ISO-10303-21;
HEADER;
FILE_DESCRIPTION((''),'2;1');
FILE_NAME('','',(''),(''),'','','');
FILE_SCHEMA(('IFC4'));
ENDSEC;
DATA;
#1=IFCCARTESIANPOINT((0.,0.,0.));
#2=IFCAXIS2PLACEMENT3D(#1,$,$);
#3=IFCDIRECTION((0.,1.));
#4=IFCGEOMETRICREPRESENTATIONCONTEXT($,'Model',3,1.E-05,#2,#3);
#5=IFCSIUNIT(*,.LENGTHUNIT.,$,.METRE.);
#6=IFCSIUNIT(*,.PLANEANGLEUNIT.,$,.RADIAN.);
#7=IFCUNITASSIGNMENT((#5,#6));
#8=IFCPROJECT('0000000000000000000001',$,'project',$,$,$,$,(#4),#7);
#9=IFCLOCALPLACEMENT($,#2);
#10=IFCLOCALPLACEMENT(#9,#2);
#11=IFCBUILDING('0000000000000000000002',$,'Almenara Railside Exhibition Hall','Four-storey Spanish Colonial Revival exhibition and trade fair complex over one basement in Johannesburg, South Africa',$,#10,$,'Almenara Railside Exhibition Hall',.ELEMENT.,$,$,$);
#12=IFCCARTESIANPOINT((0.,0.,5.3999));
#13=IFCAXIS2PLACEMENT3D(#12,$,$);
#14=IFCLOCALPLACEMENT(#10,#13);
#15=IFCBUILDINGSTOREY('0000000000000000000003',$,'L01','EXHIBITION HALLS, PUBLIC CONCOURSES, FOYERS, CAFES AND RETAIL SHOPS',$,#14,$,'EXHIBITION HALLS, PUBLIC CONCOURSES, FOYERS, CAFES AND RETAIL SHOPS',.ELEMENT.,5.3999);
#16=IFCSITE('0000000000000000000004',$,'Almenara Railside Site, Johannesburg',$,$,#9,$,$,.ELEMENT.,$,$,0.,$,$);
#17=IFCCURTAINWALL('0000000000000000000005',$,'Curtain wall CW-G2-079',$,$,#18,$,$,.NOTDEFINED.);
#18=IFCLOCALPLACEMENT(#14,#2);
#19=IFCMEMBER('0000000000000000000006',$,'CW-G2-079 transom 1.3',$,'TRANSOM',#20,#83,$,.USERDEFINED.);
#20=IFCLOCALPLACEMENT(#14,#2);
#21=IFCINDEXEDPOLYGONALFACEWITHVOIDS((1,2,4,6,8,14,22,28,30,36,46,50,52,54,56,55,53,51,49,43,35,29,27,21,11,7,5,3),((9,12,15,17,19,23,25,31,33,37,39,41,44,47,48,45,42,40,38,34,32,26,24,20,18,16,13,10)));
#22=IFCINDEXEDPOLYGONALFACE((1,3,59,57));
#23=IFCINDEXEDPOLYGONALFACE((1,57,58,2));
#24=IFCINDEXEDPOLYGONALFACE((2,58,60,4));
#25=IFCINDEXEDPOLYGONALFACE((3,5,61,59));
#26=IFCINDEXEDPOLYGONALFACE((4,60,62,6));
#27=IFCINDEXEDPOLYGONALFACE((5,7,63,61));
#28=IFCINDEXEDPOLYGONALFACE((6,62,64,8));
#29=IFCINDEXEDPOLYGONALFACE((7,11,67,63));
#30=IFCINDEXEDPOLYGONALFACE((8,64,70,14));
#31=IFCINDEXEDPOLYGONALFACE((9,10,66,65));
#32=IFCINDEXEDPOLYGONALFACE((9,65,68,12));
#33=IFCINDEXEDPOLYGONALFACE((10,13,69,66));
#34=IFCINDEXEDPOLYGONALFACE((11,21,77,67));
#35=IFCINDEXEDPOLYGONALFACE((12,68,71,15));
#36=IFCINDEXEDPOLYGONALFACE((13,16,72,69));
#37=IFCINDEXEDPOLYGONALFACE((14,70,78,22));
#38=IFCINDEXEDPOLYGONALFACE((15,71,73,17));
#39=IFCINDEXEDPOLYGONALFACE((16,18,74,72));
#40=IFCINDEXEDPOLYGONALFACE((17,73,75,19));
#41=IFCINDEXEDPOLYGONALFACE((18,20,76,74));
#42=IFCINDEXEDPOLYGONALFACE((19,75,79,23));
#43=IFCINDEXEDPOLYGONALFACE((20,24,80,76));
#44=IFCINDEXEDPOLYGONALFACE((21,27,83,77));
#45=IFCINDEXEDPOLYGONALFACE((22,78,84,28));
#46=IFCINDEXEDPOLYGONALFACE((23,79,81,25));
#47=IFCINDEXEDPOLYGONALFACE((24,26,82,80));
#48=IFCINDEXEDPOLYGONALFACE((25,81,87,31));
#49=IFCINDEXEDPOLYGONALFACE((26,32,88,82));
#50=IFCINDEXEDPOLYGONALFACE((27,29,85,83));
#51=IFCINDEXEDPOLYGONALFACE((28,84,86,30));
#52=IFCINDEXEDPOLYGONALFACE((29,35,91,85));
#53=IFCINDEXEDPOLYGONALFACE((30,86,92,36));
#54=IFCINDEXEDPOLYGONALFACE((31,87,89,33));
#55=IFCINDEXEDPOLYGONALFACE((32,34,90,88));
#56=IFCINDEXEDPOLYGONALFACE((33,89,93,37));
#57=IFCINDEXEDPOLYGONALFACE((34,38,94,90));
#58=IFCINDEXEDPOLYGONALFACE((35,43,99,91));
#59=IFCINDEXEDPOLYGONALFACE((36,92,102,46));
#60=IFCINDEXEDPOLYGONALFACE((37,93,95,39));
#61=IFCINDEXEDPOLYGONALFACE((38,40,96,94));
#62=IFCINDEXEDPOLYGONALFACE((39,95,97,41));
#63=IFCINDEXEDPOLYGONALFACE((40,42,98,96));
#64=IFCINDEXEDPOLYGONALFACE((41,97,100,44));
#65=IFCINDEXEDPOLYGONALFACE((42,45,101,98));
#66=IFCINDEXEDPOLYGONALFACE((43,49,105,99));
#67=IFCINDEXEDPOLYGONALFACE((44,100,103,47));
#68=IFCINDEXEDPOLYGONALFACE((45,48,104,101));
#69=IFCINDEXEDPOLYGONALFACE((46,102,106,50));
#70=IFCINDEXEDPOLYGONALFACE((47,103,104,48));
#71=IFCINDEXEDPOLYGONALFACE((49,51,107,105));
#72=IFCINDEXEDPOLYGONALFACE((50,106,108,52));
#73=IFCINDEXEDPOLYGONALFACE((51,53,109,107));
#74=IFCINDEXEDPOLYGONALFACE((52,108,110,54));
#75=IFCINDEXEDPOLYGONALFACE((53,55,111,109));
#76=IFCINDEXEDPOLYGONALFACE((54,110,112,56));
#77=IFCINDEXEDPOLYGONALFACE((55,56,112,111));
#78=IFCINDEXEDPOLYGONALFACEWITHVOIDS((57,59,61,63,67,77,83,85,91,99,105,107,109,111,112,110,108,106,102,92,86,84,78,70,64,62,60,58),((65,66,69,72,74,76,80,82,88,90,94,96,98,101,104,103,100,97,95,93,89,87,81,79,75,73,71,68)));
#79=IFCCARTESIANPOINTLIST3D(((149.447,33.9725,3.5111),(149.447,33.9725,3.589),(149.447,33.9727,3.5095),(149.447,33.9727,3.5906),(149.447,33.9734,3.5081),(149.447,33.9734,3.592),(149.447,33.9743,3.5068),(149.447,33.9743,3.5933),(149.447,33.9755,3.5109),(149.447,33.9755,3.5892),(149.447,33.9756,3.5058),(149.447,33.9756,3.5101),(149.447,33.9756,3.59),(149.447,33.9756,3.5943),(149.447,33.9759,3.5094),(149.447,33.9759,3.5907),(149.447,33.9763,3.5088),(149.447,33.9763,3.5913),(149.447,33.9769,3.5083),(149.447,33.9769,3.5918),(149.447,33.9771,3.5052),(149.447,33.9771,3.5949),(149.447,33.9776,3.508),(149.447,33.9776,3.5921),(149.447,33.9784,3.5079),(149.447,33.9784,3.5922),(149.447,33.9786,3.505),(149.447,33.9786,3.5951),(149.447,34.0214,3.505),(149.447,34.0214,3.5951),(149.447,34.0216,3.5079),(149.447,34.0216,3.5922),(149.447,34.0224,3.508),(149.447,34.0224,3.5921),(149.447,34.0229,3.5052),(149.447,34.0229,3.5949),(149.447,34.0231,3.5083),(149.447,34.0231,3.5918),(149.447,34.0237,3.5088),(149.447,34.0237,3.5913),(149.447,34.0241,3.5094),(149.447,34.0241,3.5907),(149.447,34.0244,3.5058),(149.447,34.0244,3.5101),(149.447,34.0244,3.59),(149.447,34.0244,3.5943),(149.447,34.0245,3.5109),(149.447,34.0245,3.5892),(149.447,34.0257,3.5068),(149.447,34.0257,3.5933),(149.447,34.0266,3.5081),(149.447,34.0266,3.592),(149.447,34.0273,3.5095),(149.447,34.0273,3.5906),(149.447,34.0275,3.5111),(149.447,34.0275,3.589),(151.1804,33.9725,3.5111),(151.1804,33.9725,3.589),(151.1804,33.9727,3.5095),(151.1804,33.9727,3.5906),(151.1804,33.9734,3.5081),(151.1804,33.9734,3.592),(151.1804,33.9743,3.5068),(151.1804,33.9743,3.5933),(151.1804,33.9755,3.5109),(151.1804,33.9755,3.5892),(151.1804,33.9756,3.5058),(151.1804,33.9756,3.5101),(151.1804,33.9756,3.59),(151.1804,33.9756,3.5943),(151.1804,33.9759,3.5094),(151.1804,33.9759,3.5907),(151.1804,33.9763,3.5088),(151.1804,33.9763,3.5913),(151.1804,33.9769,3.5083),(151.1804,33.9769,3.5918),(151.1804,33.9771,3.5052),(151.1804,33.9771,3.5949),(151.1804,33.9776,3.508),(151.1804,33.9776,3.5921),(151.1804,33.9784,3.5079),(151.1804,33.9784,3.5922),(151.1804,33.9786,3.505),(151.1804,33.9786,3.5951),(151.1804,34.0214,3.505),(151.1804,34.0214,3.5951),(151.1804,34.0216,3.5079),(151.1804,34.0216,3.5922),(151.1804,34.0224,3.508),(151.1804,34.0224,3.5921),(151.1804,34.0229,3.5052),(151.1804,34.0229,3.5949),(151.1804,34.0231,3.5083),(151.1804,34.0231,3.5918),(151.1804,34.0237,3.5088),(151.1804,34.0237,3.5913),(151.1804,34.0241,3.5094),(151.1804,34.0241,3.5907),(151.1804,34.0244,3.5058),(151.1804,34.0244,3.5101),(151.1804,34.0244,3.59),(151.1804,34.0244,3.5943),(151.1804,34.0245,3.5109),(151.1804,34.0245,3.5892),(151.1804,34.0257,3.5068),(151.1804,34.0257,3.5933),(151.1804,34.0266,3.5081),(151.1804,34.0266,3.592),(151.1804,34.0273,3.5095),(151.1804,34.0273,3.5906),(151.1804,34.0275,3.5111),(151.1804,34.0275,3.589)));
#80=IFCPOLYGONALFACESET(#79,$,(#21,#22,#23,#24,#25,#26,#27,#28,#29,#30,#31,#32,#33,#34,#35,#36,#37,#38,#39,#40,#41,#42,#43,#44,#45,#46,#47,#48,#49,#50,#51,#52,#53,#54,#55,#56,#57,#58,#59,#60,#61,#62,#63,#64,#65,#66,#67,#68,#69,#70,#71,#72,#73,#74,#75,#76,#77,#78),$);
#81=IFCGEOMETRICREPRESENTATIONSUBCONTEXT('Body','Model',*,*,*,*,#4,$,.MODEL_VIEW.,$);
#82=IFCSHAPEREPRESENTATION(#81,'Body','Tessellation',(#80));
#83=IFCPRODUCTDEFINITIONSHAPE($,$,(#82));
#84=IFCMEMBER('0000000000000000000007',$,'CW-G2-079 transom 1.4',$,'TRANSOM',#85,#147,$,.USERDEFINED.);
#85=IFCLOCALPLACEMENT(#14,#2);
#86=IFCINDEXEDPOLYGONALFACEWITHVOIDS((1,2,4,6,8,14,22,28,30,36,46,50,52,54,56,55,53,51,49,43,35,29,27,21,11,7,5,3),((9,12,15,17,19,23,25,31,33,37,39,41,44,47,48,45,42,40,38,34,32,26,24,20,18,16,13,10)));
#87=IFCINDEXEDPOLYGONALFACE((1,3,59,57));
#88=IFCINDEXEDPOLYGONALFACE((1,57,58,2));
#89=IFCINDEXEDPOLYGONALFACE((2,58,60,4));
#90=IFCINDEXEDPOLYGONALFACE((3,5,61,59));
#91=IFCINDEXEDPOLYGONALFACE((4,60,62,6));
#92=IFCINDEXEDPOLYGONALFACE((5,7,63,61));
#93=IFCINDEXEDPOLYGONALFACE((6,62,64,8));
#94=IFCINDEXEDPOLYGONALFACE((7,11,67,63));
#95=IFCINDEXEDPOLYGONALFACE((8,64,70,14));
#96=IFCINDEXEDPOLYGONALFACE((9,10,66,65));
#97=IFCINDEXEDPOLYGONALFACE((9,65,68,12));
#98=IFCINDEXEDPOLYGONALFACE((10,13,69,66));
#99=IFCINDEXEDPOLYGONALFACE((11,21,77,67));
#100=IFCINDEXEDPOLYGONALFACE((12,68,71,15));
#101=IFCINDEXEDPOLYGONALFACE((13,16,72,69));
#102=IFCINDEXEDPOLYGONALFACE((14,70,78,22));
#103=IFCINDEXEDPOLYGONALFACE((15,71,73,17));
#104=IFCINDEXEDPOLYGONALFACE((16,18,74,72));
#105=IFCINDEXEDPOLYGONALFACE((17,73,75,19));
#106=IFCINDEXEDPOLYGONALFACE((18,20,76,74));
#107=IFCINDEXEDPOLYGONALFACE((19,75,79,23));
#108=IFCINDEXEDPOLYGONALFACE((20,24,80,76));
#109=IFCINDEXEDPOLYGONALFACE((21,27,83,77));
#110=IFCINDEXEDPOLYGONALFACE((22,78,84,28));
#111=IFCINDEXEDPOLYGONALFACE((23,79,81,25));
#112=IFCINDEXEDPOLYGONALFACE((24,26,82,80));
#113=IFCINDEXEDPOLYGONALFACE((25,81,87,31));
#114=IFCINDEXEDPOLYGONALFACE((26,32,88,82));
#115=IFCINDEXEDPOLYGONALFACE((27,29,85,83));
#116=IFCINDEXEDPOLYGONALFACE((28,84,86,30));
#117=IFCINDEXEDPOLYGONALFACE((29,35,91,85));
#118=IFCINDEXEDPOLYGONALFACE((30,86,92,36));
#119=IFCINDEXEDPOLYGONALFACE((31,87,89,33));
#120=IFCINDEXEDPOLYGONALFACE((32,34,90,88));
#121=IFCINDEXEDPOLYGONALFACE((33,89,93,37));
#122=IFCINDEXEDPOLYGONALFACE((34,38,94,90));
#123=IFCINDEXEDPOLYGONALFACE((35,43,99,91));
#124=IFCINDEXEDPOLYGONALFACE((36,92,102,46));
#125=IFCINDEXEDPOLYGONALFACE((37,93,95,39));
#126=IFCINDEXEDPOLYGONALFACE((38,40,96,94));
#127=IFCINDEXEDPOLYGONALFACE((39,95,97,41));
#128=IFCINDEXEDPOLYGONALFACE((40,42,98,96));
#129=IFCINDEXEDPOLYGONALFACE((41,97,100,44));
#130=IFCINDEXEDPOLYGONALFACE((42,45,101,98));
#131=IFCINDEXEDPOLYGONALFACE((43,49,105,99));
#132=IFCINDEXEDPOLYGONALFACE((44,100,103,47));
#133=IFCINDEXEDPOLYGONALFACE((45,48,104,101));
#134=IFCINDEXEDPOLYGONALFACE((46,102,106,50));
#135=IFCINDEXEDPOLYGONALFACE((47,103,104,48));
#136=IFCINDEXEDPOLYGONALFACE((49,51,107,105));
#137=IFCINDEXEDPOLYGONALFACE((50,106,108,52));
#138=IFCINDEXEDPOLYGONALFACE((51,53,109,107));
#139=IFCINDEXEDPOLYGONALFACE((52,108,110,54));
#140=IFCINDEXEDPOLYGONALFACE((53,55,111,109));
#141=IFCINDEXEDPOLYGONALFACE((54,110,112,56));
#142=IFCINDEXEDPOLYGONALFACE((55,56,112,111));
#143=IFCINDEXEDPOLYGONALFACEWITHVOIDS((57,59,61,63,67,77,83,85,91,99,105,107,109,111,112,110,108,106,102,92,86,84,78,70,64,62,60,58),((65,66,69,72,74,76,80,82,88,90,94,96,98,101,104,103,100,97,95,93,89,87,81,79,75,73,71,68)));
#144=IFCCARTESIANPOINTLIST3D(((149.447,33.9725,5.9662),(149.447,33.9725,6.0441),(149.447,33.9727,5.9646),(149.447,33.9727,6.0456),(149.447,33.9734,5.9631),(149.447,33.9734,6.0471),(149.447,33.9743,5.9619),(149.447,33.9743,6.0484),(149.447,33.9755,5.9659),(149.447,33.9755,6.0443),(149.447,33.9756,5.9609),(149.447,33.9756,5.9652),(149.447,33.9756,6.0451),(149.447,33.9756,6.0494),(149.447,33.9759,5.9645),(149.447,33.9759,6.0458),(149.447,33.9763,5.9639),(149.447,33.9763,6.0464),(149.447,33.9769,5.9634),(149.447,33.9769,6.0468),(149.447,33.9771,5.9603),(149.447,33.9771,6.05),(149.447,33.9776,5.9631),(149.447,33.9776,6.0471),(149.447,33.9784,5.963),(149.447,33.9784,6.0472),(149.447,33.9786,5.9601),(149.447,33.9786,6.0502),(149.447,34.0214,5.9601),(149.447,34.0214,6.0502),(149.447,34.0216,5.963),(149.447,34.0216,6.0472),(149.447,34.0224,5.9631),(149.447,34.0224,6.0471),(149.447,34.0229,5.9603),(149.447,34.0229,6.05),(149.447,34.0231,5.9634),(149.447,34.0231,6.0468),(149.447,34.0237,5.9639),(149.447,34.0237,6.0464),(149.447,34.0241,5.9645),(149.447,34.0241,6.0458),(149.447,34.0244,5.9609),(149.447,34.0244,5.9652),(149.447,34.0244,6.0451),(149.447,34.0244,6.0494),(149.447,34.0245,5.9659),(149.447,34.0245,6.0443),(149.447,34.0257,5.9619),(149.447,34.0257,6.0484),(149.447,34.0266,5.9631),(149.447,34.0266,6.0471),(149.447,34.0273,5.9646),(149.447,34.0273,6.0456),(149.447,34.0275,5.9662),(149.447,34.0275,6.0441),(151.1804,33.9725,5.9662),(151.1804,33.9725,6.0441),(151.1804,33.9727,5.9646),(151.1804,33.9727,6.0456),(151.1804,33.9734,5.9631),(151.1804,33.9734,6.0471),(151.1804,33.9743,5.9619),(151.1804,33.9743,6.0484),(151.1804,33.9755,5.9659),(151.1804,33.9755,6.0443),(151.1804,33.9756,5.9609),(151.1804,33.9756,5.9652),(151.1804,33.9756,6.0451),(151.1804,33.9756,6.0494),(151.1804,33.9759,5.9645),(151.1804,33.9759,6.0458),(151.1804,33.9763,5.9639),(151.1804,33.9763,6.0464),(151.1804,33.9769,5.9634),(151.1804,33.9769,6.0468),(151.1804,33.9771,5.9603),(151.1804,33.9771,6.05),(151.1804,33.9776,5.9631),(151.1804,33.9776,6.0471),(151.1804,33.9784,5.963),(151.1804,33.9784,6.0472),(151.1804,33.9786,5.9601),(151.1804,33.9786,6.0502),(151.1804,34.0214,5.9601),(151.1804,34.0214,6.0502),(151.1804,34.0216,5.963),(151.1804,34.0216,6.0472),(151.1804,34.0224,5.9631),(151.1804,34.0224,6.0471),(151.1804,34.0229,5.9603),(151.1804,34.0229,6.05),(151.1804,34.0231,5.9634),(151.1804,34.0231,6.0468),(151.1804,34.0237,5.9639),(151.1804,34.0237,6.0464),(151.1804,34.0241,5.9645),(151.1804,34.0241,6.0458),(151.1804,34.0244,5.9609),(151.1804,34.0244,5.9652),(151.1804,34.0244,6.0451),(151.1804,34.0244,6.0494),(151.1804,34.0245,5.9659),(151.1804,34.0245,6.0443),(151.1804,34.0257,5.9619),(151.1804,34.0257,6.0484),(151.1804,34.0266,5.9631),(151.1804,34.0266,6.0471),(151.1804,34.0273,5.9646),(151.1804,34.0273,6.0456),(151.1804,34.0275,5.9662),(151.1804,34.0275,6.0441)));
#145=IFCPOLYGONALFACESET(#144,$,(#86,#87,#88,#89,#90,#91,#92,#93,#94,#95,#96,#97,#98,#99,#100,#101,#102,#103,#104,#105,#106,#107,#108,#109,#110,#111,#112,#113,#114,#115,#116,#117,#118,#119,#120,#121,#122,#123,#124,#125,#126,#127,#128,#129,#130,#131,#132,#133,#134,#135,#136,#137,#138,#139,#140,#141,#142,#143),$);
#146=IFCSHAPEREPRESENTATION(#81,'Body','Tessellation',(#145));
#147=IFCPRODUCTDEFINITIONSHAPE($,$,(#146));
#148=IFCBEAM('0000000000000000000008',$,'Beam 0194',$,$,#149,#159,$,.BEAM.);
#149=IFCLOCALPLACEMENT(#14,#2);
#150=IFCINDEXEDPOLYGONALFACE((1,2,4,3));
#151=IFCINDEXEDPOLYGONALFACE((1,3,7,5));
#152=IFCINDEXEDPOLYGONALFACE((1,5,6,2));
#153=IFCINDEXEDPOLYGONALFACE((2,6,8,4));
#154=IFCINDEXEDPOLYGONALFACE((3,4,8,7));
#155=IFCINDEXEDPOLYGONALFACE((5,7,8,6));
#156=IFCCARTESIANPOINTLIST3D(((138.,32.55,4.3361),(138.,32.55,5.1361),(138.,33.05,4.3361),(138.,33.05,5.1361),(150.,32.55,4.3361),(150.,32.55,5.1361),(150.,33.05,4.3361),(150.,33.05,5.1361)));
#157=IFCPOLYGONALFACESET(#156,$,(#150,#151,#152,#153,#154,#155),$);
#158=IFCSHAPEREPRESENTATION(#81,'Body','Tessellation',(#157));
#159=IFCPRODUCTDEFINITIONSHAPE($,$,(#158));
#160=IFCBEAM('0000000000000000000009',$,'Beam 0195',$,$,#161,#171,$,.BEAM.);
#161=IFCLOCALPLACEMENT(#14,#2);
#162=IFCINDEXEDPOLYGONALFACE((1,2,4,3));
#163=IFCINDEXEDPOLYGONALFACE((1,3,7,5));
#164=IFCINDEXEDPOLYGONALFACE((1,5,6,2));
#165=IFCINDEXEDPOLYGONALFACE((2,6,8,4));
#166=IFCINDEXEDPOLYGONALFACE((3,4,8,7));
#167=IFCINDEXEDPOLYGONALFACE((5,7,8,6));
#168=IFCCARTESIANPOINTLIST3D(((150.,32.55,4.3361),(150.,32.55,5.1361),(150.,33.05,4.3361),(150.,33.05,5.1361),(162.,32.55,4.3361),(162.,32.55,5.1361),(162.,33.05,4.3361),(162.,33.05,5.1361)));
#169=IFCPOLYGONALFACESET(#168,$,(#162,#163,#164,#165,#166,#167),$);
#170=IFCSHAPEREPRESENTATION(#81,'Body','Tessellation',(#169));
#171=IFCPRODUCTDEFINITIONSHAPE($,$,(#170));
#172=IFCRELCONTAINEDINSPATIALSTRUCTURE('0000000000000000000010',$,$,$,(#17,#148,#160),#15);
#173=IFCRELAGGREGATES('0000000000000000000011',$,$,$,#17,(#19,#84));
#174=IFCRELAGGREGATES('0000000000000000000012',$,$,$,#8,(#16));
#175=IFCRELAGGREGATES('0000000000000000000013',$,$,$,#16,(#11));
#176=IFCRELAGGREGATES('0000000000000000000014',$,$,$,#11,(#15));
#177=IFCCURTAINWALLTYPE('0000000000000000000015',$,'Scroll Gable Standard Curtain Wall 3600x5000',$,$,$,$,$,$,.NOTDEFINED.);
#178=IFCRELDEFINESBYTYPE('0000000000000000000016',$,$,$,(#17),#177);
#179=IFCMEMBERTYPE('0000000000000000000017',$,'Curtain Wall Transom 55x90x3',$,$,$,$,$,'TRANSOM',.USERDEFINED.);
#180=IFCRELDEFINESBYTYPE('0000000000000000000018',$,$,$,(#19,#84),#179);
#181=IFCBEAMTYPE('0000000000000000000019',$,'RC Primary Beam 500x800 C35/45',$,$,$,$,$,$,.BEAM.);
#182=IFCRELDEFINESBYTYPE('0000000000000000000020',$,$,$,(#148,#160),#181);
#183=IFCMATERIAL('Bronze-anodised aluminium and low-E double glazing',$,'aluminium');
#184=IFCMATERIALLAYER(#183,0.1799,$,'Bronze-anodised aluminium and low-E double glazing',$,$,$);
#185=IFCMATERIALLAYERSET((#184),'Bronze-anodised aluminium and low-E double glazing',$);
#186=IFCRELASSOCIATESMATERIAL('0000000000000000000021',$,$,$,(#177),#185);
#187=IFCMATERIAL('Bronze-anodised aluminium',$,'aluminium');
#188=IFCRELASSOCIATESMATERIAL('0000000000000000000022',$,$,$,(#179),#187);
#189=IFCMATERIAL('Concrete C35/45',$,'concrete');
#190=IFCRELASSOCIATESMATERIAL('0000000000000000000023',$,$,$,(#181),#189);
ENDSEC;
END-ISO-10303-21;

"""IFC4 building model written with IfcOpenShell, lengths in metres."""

from ifc_helpers import new_model, si_unit, direction, frame, origin, origin_2d, place, context, subcontext, project, spatial, rectangle, hollow_rectangle, extrude, material, layer, layer_set, material_profile, profile_set, type_object, element, aggregate, save


model = new_model("IFC4")

# Units and contexts
model_context = context("Model", 3, precision=1e-05, world=origin(), true_north=direction((0.0, 1.0)))
body_context = subcontext(model_context, "Body", "Model", "MODEL_VIEW")
ifc_project = project(units=[si_unit("LENGTHUNIT", "METRE"), si_unit("PLANEANGLEUNIT", "RADIAN")], contexts=[model_context])

# Site, building, storey
site_placement = place(None, origin())
site = spatial("IfcSite", under=ifc_project, at=site_placement, Name="Almenara Railside Site, Johannesburg", CompositionType="ELEMENT", RefElevation=0.0)
building_placement = place(site_placement, origin())
building = spatial("IfcBuilding", under=site, at=building_placement, Name="Almenara Railside Exhibition Hall", Description="Four-storey Spanish Colonial Revival exhibition and trade fair complex over one basement in Johannesburg, South Africa", LongName="Almenara Railside Exhibition Hall", CompositionType="ELEMENT")
storey_placement = place(building_placement, frame((0.0, 0.0, 5.3999)))
storey = spatial("IfcBuildingStorey", under=building, at=storey_placement, Name="L01", Description="EXHIBITION HALLS, PUBLIC CONCOURSES, FOYERS, CAFES AND RETAIL SHOPS", LongName="EXHIBITION HALLS, PUBLIC CONCOURSES, FOYERS, CAFES AND RETAIL SHOPS", CompositionType="ELEMENT", Elevation=5.3999)

# Shared definitions
ifc_material_1 = material(Name="Concrete C35/45", Category="concrete")

# Curtain wall, members
ifc_material_2 = material(Name="Bronze-anodised aluminium and low-E double glazing", Category="aluminium")
ifc_layer_1 = layer(ifc_material_2, 0.1799, Name="Bronze-anodised aluminium and low-E double glazing")
ifc_layer_set_1 = layer_set([ifc_layer_1], Name="Bronze-anodised aluminium and low-E double glazing")
curtain_wall_type = type_object("IfcCurtainWallType", Name="Scroll Gable Standard Curtain Wall 3600x5000", PredefinedType="NOTDEFINED", material=ifc_layer_set_1)
curtain_wall_placement = place(storey_placement, origin())
curtain_wall = element("IfcCurtainWall", 1, at=curtain_wall_placement, inside=storey, type_object=curtain_wall_type, Name="Curtain wall CW-G2-079", PredefinedType="NOTDEFINED")
ifc_material_3 = material(Name="Bronze-anodised aluminium", Category="aluminium")
ifc_material_profile_1 = material_profile(ifc_material_3, hollow_rectangle(XDim=0.0549, YDim=0.0901, WallThickness=0.0029, InnerFilletRadius=0.0029, OuterFilletRadius=0.0061, at=origin_2d()), Name="ALU-TRN 55x90x3")
ifc_profile_set_1 = profile_set([ifc_material_profile_1], Name="Bronze-anodised aluminium")
member_type_1 = type_object("IfcMemberType", Name="Curtain Wall Transom 55x90x3", ElementType="TRANSOM", PredefinedType="USERDEFINED", material=ifc_profile_set_1)
member_1_placement = place(storey_placement, frame((149.447, 34.0, 3.55), z_axis=(1.0, 0.0, 0.0), x_axis=(0.0, 1.0, 0.0)))
member_1 = element("IfcMember", 2, at=member_1_placement, type_object=member_type_1, Name="CW-G2-079 transom 1.3", ObjectType="TRANSOM", PredefinedType="USERDEFINED", context=body_context, shape_type="SweptSolid", body=[
    extrude(hollow_rectangle(XDim=0.0549, YDim=0.0901, WallThickness=0.0029, InnerFilletRadius=0.0029, OuterFilletRadius=0.0061, at=origin_2d()), origin(), (0.0, 0.0, 1.0), 1.7334),
])
member_2_placement = place(storey_placement, frame((149.447, 34.0, 6.0051), z_axis=(1.0, 0.0, 0.0), x_axis=(0.0, 1.0, 0.0)))
member_2 = element("IfcMember", 3, at=member_2_placement, type_object=member_type_1, Name="CW-G2-079 transom 1.4", ObjectType="TRANSOM", PredefinedType="USERDEFINED", context=body_context, shape_type="SweptSolid", body=[
    extrude(hollow_rectangle(XDim=0.0549, YDim=0.0901, WallThickness=0.0029, InnerFilletRadius=0.0029, OuterFilletRadius=0.0061, at=origin_2d()), origin(), (0.0, 0.0, 1.0), 1.7334),
])

# Beams
ifc_material_profile_2 = material_profile(ifc_material_1, rectangle(XDim=0.5, YDim=0.8, at=origin_2d()), Name="RC 500x800")
ifc_profile_set_2 = profile_set([ifc_material_profile_2], Name="Concrete C35/45")
beam_type_1 = type_object("IfcBeamType", Name="RC Primary Beam 500x800 C35/45", PredefinedType="BEAM", material=ifc_profile_set_2)
for number, where, z_axis, x_axis, name in (
    (4, (138.0, 32.8, 4.7361), (1.0, 0.0, 0.0), (0.0, 1.0, 0.0), "Beam 0194"),
    (5, (150.0, 32.8, 4.7361), (1.0, 0.0, 0.0), (0.0, 1.0, 0.0), "Beam 0195"),
):
    element("IfcBeam", number, at=place(storey_placement, frame(where, z_axis=z_axis, x_axis=x_axis)), inside=storey, type_object=beam_type_1, Name=name, PredefinedType="BEAM", context=body_context, shape_type="SweptSolid", body=[
        extrude(rectangle(XDim=0.5, YDim=0.8, at=origin_2d()), origin(), (0.0, 0.0, 1.0), 12.0),
    ])

aggregate(curtain_wall, [member_1, member_2])

save(model, "model.ifc")
